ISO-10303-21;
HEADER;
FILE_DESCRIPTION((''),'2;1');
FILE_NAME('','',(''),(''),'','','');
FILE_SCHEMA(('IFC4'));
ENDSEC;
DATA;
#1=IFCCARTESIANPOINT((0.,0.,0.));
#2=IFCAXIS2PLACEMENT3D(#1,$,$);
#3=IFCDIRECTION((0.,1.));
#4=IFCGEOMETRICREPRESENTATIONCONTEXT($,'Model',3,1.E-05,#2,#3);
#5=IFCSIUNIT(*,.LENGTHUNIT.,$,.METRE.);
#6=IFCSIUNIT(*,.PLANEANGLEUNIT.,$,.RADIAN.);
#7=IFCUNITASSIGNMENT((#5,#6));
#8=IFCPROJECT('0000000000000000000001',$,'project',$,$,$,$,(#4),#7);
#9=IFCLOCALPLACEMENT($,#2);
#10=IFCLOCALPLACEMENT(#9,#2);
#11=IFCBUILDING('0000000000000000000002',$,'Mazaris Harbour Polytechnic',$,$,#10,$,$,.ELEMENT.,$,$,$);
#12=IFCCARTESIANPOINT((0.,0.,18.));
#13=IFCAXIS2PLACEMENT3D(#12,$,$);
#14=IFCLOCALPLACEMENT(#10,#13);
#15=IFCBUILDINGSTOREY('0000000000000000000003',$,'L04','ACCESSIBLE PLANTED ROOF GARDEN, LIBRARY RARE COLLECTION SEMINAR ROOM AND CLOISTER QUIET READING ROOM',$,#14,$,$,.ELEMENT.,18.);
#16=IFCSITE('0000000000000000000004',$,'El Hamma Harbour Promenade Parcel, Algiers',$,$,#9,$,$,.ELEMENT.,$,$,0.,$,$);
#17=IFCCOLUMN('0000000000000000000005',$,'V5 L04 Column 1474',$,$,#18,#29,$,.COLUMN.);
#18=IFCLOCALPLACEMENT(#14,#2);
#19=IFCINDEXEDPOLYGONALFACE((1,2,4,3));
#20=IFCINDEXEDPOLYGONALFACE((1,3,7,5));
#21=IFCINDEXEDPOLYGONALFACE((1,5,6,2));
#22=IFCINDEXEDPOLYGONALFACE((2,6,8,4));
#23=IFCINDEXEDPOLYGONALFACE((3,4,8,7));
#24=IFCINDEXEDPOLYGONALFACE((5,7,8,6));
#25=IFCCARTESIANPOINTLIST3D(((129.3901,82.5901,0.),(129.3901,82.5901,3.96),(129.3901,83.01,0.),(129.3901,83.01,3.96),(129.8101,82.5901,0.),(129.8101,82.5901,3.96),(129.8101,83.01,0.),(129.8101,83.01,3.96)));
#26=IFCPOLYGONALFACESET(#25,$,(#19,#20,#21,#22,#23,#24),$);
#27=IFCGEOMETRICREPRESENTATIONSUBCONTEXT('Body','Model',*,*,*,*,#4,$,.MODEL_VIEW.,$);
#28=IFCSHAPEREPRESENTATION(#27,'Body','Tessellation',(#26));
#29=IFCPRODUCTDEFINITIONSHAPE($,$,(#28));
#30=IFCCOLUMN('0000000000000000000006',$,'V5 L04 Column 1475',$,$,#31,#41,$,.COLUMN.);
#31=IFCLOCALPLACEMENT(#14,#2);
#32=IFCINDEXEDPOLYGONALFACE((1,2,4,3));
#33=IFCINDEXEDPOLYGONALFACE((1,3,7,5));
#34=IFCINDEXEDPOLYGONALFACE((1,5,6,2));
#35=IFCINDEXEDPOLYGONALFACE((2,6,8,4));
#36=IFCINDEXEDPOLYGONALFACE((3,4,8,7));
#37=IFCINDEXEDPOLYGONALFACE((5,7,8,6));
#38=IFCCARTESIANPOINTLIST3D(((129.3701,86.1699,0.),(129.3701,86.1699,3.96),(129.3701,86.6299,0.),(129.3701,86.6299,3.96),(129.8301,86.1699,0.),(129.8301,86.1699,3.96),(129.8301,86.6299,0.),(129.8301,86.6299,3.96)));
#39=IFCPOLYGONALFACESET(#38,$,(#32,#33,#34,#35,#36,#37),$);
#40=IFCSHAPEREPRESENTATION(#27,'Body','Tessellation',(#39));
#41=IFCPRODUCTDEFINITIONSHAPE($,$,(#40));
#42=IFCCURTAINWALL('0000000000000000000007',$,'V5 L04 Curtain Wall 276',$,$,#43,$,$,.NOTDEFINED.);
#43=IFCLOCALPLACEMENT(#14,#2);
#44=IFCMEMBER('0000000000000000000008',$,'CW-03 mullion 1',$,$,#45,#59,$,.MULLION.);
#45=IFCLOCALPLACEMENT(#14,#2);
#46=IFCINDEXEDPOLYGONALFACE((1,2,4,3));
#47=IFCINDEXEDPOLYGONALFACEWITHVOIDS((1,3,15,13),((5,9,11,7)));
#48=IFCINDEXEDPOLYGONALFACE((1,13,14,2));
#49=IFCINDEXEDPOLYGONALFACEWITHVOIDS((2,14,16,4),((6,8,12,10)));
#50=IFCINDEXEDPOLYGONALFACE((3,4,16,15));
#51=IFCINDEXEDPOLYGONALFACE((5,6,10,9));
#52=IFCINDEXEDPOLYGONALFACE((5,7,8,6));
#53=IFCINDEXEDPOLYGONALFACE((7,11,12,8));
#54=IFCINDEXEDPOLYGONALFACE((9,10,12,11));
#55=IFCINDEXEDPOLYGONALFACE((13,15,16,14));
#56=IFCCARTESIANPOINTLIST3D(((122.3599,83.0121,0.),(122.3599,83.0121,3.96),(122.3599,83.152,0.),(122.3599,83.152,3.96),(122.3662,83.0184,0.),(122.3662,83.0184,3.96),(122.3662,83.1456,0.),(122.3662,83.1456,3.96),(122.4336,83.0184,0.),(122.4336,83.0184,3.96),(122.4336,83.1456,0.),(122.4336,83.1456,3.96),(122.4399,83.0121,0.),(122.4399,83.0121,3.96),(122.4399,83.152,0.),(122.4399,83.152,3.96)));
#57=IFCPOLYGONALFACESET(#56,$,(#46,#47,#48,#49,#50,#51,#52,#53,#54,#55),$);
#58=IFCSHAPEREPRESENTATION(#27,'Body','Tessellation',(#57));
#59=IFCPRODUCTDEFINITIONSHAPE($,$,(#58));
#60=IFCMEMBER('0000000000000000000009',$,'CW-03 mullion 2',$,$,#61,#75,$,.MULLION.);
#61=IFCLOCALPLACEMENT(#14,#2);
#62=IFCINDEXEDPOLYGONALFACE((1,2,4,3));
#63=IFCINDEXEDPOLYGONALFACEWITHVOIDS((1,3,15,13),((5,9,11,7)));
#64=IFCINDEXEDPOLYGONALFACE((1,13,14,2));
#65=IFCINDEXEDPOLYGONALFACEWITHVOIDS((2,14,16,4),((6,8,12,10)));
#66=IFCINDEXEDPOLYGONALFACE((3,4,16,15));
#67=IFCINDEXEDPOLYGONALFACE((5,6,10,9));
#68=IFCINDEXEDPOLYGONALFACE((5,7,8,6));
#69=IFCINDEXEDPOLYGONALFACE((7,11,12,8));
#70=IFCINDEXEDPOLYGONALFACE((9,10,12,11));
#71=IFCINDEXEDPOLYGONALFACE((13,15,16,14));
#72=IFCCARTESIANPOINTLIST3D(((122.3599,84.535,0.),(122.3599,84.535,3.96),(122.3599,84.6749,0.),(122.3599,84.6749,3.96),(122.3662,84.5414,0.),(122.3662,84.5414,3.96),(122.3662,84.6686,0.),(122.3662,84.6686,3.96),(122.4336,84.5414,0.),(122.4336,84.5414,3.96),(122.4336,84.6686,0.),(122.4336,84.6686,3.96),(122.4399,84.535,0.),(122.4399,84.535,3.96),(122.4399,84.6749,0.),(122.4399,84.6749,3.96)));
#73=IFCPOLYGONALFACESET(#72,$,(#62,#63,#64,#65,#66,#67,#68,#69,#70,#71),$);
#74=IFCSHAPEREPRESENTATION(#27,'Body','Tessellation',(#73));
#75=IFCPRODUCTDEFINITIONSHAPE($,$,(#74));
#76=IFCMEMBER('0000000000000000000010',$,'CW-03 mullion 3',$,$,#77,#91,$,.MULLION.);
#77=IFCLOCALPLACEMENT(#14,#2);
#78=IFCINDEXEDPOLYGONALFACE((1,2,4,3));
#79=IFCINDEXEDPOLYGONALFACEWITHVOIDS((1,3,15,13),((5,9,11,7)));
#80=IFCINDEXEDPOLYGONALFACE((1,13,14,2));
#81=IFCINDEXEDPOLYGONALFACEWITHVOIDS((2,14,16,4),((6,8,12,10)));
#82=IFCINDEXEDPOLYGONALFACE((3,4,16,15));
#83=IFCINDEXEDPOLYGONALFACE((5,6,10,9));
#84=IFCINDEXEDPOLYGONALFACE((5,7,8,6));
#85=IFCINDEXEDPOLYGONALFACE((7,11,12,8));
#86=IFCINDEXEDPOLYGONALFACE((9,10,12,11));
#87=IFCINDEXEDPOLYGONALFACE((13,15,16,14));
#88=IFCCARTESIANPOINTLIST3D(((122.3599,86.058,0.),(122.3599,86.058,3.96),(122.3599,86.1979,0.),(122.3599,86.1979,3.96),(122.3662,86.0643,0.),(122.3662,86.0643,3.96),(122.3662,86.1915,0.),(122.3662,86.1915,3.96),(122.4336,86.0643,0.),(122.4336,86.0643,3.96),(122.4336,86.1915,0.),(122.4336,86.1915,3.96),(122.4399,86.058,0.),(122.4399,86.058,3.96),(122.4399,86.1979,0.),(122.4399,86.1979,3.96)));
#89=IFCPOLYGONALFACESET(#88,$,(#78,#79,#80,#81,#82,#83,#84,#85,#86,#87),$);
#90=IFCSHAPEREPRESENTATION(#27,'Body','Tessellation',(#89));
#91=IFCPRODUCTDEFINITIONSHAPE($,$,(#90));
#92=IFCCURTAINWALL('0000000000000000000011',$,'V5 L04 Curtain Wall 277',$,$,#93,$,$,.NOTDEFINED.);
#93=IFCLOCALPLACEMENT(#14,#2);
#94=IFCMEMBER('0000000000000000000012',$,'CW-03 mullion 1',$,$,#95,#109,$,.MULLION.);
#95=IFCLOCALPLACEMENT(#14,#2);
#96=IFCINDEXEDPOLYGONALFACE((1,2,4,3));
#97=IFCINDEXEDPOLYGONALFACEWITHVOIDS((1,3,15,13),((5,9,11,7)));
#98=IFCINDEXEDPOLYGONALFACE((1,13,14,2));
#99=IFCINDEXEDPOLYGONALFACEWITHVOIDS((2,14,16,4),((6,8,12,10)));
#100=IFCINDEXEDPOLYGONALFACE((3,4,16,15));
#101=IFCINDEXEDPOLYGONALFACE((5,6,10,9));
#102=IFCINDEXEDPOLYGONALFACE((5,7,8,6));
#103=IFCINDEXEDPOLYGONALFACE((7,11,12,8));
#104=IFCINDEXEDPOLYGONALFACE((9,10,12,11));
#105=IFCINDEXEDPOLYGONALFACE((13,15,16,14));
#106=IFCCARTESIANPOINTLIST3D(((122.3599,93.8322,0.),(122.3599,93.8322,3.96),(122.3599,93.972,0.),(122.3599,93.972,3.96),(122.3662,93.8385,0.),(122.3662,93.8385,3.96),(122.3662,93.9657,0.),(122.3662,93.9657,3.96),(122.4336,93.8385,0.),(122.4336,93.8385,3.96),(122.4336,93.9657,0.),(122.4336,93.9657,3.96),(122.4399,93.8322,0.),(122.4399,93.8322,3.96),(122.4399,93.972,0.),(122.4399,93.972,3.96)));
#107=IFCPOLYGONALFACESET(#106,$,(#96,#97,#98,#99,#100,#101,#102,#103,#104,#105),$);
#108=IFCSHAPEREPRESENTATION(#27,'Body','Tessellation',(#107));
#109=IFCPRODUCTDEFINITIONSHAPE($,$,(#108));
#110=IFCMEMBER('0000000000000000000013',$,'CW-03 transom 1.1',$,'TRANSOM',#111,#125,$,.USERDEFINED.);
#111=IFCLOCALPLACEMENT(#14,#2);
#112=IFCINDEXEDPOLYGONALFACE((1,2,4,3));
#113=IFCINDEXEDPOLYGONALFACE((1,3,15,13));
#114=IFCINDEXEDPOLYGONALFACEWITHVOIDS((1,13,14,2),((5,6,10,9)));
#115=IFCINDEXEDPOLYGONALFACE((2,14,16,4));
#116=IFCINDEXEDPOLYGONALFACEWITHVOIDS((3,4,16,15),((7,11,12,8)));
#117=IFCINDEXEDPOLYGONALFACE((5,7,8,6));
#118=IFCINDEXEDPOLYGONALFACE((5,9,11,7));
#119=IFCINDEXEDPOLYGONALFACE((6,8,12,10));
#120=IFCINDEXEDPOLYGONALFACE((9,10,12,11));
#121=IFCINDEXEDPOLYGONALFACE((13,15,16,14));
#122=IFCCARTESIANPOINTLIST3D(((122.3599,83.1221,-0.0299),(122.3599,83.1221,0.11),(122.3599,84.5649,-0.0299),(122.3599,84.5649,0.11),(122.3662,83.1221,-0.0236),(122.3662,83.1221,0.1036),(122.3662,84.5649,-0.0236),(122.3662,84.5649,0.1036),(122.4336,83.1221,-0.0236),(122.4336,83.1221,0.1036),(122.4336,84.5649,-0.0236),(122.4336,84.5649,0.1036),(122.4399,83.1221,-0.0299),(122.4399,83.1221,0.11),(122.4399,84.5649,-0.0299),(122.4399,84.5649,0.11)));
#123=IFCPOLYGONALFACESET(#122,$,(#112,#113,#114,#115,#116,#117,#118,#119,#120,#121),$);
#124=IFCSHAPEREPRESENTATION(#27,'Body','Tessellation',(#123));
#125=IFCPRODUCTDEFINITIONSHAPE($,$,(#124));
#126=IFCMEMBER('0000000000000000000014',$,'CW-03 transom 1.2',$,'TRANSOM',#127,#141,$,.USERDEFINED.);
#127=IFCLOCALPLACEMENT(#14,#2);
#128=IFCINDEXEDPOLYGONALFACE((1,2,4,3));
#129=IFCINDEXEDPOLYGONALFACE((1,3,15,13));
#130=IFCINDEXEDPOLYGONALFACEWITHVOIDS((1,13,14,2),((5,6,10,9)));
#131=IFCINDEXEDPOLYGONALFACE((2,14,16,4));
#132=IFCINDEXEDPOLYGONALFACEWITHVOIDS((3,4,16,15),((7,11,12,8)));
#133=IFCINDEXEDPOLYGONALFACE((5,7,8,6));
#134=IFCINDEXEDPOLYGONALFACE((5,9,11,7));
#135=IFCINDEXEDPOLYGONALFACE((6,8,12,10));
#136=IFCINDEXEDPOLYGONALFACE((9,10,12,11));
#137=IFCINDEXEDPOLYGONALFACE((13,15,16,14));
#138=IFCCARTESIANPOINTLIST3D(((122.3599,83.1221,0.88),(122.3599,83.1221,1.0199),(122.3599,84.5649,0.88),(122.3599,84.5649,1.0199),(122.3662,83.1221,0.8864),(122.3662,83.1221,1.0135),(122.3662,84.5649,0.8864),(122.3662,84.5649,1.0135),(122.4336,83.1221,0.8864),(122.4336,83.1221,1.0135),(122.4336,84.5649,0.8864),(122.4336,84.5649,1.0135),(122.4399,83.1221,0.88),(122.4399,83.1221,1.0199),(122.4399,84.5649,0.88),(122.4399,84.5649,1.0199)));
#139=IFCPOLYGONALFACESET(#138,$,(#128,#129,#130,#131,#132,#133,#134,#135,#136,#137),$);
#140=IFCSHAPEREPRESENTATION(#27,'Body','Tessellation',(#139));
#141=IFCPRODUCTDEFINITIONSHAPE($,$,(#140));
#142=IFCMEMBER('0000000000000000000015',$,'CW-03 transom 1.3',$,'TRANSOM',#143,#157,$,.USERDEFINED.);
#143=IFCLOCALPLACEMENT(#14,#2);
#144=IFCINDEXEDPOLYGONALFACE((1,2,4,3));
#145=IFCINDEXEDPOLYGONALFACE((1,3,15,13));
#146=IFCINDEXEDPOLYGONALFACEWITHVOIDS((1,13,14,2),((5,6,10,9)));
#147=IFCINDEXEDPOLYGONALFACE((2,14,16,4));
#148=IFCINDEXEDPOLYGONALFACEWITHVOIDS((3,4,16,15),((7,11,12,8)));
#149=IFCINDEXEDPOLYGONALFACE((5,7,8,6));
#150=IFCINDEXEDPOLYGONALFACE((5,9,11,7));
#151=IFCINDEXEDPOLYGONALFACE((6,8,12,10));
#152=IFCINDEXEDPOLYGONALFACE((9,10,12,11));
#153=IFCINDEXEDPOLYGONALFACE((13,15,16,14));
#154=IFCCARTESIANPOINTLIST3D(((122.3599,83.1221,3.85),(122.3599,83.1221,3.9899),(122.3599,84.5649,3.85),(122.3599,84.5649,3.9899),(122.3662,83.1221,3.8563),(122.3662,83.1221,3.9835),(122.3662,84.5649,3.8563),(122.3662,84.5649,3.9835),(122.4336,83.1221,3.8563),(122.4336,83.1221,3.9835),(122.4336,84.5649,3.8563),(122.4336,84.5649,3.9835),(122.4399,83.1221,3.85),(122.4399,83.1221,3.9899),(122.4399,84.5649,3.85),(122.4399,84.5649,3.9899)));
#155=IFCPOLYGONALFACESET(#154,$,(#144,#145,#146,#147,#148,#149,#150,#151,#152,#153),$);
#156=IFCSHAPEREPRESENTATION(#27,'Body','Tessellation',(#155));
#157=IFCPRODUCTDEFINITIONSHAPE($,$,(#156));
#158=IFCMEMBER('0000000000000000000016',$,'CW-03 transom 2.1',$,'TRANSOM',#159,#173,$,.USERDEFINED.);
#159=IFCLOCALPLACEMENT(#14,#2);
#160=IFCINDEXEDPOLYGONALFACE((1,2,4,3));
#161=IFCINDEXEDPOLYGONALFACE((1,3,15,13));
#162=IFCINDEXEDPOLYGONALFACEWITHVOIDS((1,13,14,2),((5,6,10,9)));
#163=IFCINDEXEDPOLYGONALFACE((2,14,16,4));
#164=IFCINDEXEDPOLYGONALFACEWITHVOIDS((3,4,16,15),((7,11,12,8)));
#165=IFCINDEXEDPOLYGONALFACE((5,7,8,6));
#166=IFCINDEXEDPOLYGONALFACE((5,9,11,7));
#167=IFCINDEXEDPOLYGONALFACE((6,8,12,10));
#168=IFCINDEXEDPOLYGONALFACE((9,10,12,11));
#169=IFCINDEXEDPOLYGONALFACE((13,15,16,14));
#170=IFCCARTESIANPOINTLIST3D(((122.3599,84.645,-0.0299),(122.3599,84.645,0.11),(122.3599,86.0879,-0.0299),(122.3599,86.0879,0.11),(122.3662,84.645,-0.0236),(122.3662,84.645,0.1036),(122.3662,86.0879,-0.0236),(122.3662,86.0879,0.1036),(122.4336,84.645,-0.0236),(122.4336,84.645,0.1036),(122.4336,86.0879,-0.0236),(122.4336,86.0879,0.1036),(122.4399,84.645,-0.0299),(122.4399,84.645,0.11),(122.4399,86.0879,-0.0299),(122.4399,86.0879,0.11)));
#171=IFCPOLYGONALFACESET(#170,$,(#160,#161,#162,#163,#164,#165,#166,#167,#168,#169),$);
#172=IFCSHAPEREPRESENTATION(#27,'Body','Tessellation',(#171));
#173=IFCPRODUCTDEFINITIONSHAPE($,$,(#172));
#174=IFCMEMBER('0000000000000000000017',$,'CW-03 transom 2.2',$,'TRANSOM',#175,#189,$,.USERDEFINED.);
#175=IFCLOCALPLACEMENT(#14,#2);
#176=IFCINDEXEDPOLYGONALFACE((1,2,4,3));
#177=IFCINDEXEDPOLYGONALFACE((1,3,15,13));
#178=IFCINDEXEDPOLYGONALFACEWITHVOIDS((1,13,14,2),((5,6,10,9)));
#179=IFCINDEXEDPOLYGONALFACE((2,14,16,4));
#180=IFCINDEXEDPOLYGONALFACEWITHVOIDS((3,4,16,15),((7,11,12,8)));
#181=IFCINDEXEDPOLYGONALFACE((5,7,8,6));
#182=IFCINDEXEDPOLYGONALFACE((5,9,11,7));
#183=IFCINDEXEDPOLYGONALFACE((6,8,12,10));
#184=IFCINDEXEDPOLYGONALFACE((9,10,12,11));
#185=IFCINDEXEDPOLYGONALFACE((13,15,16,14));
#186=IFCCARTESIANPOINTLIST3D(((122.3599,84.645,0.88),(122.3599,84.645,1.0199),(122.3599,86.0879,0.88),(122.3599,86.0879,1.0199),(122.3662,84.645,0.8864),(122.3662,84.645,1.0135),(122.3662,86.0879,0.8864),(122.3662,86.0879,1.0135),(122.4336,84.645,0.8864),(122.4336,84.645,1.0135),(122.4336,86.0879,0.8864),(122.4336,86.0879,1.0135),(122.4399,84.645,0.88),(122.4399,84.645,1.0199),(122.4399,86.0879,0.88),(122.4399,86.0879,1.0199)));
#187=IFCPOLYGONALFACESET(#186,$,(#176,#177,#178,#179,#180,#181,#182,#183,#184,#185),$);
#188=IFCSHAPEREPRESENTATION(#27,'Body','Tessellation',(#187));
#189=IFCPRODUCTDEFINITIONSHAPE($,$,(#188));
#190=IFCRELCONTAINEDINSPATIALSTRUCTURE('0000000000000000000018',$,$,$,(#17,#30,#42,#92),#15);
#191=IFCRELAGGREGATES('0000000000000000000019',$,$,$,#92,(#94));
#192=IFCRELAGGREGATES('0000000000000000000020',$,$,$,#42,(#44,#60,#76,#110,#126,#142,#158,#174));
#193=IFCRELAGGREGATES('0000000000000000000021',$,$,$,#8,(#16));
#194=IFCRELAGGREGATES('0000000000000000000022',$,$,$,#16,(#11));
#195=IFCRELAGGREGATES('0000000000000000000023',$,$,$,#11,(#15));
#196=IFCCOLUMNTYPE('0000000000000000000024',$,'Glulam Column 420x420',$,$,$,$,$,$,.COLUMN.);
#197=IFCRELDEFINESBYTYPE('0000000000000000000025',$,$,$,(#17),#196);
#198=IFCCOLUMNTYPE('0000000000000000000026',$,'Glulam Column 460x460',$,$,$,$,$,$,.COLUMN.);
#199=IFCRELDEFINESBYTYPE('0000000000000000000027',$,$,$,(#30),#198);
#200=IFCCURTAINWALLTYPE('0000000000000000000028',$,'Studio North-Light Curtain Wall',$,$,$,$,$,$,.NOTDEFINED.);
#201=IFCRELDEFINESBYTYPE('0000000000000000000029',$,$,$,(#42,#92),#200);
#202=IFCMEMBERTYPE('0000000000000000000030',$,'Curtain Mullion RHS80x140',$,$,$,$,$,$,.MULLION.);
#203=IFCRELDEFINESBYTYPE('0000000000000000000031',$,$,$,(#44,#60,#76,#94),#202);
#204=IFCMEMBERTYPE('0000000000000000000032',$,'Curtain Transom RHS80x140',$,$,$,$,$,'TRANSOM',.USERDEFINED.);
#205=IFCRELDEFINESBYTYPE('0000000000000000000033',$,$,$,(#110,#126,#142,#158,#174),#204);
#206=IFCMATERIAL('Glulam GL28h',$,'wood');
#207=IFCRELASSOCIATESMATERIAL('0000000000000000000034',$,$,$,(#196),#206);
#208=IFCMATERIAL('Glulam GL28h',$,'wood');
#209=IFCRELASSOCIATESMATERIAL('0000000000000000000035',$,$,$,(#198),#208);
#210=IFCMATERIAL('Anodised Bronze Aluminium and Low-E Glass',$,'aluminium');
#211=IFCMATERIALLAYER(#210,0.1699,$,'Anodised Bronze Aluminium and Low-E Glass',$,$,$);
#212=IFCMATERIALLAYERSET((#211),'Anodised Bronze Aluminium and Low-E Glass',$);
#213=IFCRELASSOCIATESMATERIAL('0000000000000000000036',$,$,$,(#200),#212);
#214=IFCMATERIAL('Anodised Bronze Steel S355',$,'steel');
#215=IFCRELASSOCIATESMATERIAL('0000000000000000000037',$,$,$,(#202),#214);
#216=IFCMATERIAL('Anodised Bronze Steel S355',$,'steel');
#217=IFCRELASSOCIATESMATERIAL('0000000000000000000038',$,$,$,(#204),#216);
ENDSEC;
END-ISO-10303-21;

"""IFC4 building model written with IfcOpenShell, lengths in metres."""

from ifc_helpers import new_model, si_unit, direction, frame, origin, origin_2d, place, context, subcontext, project, spatial, rectangle, hollow_rectangle, extrude, material, layer, layer_set, material_profile, profile_set, type_object, element, aggregate, save


model = new_model("IFC4")

# Units and contexts
model_context = context("Model", 3, precision=1e-05, world=origin(), true_north=direction((0.0, 1.0)))
body_context = subcontext(model_context, "Body", "Model", "MODEL_VIEW")
ifc_project = project(units=[si_unit("LENGTHUNIT", "METRE"), si_unit("PLANEANGLEUNIT", "RADIAN")], contexts=[model_context])

# Site, building, storey
site_placement = place(None, origin())
site = spatial("IfcSite", under=ifc_project, at=site_placement, Name="El Hamma Harbour Promenade Parcel, Algiers", CompositionType="ELEMENT", RefElevation=0.0)
building_placement = place(site_placement, origin())
building = spatial("IfcBuilding", under=site, at=building_placement, Name="Mazaris Harbour Polytechnic", CompositionType="ELEMENT")
storey_placement = place(building_placement, frame((0.0, 0.0, 18.0)))
storey = spatial("IfcBuildingStorey", under=building, at=storey_placement, Name="L04", Description="ACCESSIBLE PLANTED ROOF GARDEN, LIBRARY RARE COLLECTION SEMINAR ROOM AND CLOISTER QUIET READING ROOM", CompositionType="ELEMENT", Elevation=18.0)

# Columns
ifc_material_1 = material(Name="Glulam GL28h", Category="wood")
ifc_material_profile_1 = material_profile(ifc_material_1, rectangle(XDim=0.4199, YDim=0.4199, at=origin_2d()), Name="RECT420x420")
ifc_profile_set_1 = profile_set([ifc_material_profile_1], Name="Glulam GL28h")
column_type_1 = type_object("IfcColumnType", Name="Glulam Column 420x420", PredefinedType="COLUMN", material=ifc_profile_set_1)
column_1_placement = place(storey_placement, frame((129.6001, 82.8, 0.0), z_axis=(0.0, 0.0, 1.0), x_axis=(1.0, 0.0, 0.0)))
element("IfcColumn", 1, at=column_1_placement, inside=storey, type_object=column_type_1, Name="V5 L04 Column 1474", PredefinedType="COLUMN", context=body_context, shape_type="SweptSolid", body=[
    extrude(rectangle(XDim=0.4199, YDim=0.4199, at=origin_2d()), origin(), (0.0, 0.0, 1.0), 3.96),
])
ifc_material_2 = material(Name="Glulam GL28h", Category="wood")
ifc_material_profile_2 = material_profile(ifc_material_2, rectangle(XDim=0.46, YDim=0.46, at=origin_2d()), Name="RECT460x460")
ifc_profile_set_2 = profile_set([ifc_material_profile_2], Name="Glulam GL28h")
column_type_2 = type_object("IfcColumnType", Name="Glulam Column 460x460", PredefinedType="COLUMN", material=ifc_profile_set_2)
column_2_placement = place(storey_placement, frame((129.6001, 86.3999, 0.0), z_axis=(0.0, 0.0, 1.0), x_axis=(1.0, 0.0, 0.0)))
element("IfcColumn", 2, at=column_2_placement, inside=storey, type_object=column_type_2, Name="V5 L04 Column 1475", PredefinedType="COLUMN", context=body_context, shape_type="SweptSolid", body=[
    extrude(rectangle(XDim=0.46, YDim=0.46, at=origin_2d()), origin(), (0.0, 0.0, 1.0), 3.96),
])

# Curtain wall, members
ifc_material_3 = material(Name="Anodised Bronze Aluminium and Low-E Glass", Category="aluminium")
ifc_layer_1 = layer(ifc_material_3, 0.1699, Name="Anodised Bronze Aluminium and Low-E Glass")
ifc_layer_set_1 = layer_set([ifc_layer_1], Name="Anodised Bronze Aluminium and Low-E Glass")
curtain_wall_type = type_object("IfcCurtainWallType", Name="Studio North-Light Curtain Wall", PredefinedType="NOTDEFINED", material=ifc_layer_set_1)
curtain_wall_1_placement = place(storey_placement, origin())
curtain_wall_1 = element("IfcCurtainWall", 3, at=curtain_wall_1_placement, inside=storey, type_object=curtain_wall_type, Name="V5 L04 Curtain Wall 276", PredefinedType="NOTDEFINED")
ifc_material_4 = material(Name="Anodised Bronze Steel S355", Category="steel")
ifc_material_profile_3 = material_profile(ifc_material_4, hollow_rectangle(XDim=0.0801, YDim=0.1399, WallThickness=0.0063, at=origin_2d()), Name="RHS 80x140x6.3")
ifc_profile_set_3 = profile_set([ifc_material_profile_3], Name="Anodised Bronze Steel S355")
member_type_1 = type_object("IfcMemberType", Name="Curtain Mullion RHS80x140", PredefinedType="MULLION", material=ifc_profile_set_3)
member_1_placement = place(storey_placement, frame((122.3999, 83.082, 0.0), z_axis=(0.0, 0.0, 1.0), x_axis=(-1.0, 0.0, 0.0)))
member_1 = element("IfcMember", 4, at=member_1_placement, type_object=member_type_1, Name="CW-03 mullion 1", PredefinedType="MULLION", context=body_context, shape_type="SweptSolid", body=[
    extrude(hollow_rectangle(XDim=0.0801, YDim=0.1399, WallThickness=0.0063, at=origin_2d()), origin(), (0.0, 0.0, 1.0), 3.96),
])
member_2_placement = place(storey_placement, frame((122.3999, 84.605, 0.0), z_axis=(0.0, 0.0, 1.0), x_axis=(-1.0, 0.0, 0.0)))
member_2 = element("IfcMember", 5, at=member_2_placement, type_object=member_type_1, Name="CW-03 mullion 2", PredefinedType="MULLION", context=body_context, shape_type="SweptSolid", body=[
    extrude(hollow_rectangle(XDim=0.0801, YDim=0.1399, WallThickness=0.0063, at=origin_2d()), origin(), (0.0, 0.0, 1.0), 3.96),
])
member_3_placement = place(storey_placement, frame((122.3999, 86.1279, 0.0), z_axis=(0.0, 0.0, 1.0), x_axis=(-1.0, 0.0, 0.0)))
member_3 = element("IfcMember", 6, at=member_3_placement, type_object=member_type_1, Name="CW-03 mullion 3", PredefinedType="MULLION", context=body_context, shape_type="SweptSolid", body=[
    extrude(hollow_rectangle(XDim=0.0801, YDim=0.1399, WallThickness=0.0063, at=origin_2d()), origin(), (0.0, 0.0, 1.0), 3.96),
])

# Curtain wall, member
curtain_wall_2_placement = place(storey_placement, origin())
curtain_wall_2 = element("IfcCurtainWall", 7, at=curtain_wall_2_placement, inside=storey, type_object=curtain_wall_type, Name="V5 L04 Curtain Wall 277", PredefinedType="NOTDEFINED")
member_4_placement = place(storey_placement, frame((122.3999, 93.9021, 0.0), z_axis=(0.0, 0.0, 1.0), x_axis=(-1.0, 0.0, 0.0)))
member_4 = element("IfcMember", 8, at=member_4_placement, type_object=member_type_1, Name="CW-03 mullion 1", PredefinedType="MULLION", context=body_context, shape_type="SweptSolid", body=[
    extrude(hollow_rectangle(XDim=0.0801, YDim=0.1399, WallThickness=0.0063, at=origin_2d()), origin(), (0.0, 0.0, 1.0), 3.96),
])

# Members
ifc_material_5 = material(Name="Anodised Bronze Steel S355", Category="steel")
ifc_material_profile_4 = material_profile(ifc_material_5, hollow_rectangle(XDim=0.0801, YDim=0.1399, WallThickness=0.0063, at=origin_2d()), Name="RHS 80x140x6.3")
ifc_profile_set_4 = profile_set([ifc_material_profile_4], Name="Anodised Bronze Steel S355")
member_type_2 = type_object("IfcMemberType", Name="Curtain Transom RHS80x140", ElementType="TRANSOM", PredefinedType="USERDEFINED", material=ifc_profile_set_4)
member_5_placement = place(storey_placement, frame((122.3999, 83.1221, 0.04), z_axis=(0.0, 1.0, 0.0), x_axis=(-1.0, 0.0, 0.0)))
member_5 = element("IfcMember", 9, at=member_5_placement, type_object=member_type_2, Name="CW-03 transom 1.1", ObjectType="TRANSOM", PredefinedType="USERDEFINED", context=body_context, shape_type="SweptSolid", body=[
    extrude(hollow_rectangle(XDim=0.0801, YDim=0.1399, WallThickness=0.0063, at=origin_2d()), origin(), (0.0, 0.0, 1.0), 1.4429),
])
member_6_placement = place(storey_placement, frame((122.3999, 83.1221, 0.95), z_axis=(0.0, 1.0, 0.0), x_axis=(-1.0, 0.0, 0.0)))
member_6 = element("IfcMember", 10, at=member_6_placement, type_object=member_type_2, Name="CW-03 transom 1.2", ObjectType="TRANSOM", PredefinedType="USERDEFINED", context=body_context, shape_type="SweptSolid", body=[
    extrude(hollow_rectangle(XDim=0.0801, YDim=0.1399, WallThickness=0.0063, at=origin_2d()), origin(), (0.0, 0.0, 1.0), 1.4429),
])
member_7_placement = place(storey_placement, frame((122.3999, 83.1221, 3.9199), z_axis=(0.0, 1.0, 0.0), x_axis=(-1.0, 0.0, 0.0)))
member_7 = element("IfcMember", 11, at=member_7_placement, type_object=member_type_2, Name="CW-03 transom 1.3", ObjectType="TRANSOM", PredefinedType="USERDEFINED", context=body_context, shape_type="SweptSolid", body=[
    extrude(hollow_rectangle(XDim=0.0801, YDim=0.1399, WallThickness=0.0063, at=origin_2d()), origin(), (0.0, 0.0, 1.0), 1.4429),
])
member_8_placement = place(storey_placement, frame((122.3999, 84.645, 0.04), z_axis=(0.0, 1.0, 0.0), x_axis=(-1.0, 0.0, 0.0)))
member_8 = element("IfcMember", 12, at=member_8_placement, type_object=member_type_2, Name="CW-03 transom 2.1", ObjectType="TRANSOM", PredefinedType="USERDEFINED", context=body_context, shape_type="SweptSolid", body=[
    extrude(hollow_rectangle(XDim=0.0801, YDim=0.1399, WallThickness=0.0063, at=origin_2d()), origin(), (0.0, 0.0, 1.0), 1.4429),
])
member_9_placement = place(storey_placement, frame((122.3999, 84.645, 0.95), z_axis=(0.0, 1.0, 0.0), x_axis=(-1.0, 0.0, 0.0)))
member_9 = element("IfcMember", 13, at=member_9_placement, type_object=member_type_2, Name="CW-03 transom 2.2", ObjectType="TRANSOM", PredefinedType="USERDEFINED", context=body_context, shape_type="SweptSolid", body=[
    extrude(hollow_rectangle(XDim=0.0801, YDim=0.1399, WallThickness=0.0063, at=origin_2d()), origin(), (0.0, 0.0, 1.0), 1.4429),
])
aggregate(curtain_wall_2, [member_4])

aggregate(curtain_wall_1, [member_1, member_2, member_3, member_5, member_6, member_7, member_8, member_9])

save(model, "model.ifc")
